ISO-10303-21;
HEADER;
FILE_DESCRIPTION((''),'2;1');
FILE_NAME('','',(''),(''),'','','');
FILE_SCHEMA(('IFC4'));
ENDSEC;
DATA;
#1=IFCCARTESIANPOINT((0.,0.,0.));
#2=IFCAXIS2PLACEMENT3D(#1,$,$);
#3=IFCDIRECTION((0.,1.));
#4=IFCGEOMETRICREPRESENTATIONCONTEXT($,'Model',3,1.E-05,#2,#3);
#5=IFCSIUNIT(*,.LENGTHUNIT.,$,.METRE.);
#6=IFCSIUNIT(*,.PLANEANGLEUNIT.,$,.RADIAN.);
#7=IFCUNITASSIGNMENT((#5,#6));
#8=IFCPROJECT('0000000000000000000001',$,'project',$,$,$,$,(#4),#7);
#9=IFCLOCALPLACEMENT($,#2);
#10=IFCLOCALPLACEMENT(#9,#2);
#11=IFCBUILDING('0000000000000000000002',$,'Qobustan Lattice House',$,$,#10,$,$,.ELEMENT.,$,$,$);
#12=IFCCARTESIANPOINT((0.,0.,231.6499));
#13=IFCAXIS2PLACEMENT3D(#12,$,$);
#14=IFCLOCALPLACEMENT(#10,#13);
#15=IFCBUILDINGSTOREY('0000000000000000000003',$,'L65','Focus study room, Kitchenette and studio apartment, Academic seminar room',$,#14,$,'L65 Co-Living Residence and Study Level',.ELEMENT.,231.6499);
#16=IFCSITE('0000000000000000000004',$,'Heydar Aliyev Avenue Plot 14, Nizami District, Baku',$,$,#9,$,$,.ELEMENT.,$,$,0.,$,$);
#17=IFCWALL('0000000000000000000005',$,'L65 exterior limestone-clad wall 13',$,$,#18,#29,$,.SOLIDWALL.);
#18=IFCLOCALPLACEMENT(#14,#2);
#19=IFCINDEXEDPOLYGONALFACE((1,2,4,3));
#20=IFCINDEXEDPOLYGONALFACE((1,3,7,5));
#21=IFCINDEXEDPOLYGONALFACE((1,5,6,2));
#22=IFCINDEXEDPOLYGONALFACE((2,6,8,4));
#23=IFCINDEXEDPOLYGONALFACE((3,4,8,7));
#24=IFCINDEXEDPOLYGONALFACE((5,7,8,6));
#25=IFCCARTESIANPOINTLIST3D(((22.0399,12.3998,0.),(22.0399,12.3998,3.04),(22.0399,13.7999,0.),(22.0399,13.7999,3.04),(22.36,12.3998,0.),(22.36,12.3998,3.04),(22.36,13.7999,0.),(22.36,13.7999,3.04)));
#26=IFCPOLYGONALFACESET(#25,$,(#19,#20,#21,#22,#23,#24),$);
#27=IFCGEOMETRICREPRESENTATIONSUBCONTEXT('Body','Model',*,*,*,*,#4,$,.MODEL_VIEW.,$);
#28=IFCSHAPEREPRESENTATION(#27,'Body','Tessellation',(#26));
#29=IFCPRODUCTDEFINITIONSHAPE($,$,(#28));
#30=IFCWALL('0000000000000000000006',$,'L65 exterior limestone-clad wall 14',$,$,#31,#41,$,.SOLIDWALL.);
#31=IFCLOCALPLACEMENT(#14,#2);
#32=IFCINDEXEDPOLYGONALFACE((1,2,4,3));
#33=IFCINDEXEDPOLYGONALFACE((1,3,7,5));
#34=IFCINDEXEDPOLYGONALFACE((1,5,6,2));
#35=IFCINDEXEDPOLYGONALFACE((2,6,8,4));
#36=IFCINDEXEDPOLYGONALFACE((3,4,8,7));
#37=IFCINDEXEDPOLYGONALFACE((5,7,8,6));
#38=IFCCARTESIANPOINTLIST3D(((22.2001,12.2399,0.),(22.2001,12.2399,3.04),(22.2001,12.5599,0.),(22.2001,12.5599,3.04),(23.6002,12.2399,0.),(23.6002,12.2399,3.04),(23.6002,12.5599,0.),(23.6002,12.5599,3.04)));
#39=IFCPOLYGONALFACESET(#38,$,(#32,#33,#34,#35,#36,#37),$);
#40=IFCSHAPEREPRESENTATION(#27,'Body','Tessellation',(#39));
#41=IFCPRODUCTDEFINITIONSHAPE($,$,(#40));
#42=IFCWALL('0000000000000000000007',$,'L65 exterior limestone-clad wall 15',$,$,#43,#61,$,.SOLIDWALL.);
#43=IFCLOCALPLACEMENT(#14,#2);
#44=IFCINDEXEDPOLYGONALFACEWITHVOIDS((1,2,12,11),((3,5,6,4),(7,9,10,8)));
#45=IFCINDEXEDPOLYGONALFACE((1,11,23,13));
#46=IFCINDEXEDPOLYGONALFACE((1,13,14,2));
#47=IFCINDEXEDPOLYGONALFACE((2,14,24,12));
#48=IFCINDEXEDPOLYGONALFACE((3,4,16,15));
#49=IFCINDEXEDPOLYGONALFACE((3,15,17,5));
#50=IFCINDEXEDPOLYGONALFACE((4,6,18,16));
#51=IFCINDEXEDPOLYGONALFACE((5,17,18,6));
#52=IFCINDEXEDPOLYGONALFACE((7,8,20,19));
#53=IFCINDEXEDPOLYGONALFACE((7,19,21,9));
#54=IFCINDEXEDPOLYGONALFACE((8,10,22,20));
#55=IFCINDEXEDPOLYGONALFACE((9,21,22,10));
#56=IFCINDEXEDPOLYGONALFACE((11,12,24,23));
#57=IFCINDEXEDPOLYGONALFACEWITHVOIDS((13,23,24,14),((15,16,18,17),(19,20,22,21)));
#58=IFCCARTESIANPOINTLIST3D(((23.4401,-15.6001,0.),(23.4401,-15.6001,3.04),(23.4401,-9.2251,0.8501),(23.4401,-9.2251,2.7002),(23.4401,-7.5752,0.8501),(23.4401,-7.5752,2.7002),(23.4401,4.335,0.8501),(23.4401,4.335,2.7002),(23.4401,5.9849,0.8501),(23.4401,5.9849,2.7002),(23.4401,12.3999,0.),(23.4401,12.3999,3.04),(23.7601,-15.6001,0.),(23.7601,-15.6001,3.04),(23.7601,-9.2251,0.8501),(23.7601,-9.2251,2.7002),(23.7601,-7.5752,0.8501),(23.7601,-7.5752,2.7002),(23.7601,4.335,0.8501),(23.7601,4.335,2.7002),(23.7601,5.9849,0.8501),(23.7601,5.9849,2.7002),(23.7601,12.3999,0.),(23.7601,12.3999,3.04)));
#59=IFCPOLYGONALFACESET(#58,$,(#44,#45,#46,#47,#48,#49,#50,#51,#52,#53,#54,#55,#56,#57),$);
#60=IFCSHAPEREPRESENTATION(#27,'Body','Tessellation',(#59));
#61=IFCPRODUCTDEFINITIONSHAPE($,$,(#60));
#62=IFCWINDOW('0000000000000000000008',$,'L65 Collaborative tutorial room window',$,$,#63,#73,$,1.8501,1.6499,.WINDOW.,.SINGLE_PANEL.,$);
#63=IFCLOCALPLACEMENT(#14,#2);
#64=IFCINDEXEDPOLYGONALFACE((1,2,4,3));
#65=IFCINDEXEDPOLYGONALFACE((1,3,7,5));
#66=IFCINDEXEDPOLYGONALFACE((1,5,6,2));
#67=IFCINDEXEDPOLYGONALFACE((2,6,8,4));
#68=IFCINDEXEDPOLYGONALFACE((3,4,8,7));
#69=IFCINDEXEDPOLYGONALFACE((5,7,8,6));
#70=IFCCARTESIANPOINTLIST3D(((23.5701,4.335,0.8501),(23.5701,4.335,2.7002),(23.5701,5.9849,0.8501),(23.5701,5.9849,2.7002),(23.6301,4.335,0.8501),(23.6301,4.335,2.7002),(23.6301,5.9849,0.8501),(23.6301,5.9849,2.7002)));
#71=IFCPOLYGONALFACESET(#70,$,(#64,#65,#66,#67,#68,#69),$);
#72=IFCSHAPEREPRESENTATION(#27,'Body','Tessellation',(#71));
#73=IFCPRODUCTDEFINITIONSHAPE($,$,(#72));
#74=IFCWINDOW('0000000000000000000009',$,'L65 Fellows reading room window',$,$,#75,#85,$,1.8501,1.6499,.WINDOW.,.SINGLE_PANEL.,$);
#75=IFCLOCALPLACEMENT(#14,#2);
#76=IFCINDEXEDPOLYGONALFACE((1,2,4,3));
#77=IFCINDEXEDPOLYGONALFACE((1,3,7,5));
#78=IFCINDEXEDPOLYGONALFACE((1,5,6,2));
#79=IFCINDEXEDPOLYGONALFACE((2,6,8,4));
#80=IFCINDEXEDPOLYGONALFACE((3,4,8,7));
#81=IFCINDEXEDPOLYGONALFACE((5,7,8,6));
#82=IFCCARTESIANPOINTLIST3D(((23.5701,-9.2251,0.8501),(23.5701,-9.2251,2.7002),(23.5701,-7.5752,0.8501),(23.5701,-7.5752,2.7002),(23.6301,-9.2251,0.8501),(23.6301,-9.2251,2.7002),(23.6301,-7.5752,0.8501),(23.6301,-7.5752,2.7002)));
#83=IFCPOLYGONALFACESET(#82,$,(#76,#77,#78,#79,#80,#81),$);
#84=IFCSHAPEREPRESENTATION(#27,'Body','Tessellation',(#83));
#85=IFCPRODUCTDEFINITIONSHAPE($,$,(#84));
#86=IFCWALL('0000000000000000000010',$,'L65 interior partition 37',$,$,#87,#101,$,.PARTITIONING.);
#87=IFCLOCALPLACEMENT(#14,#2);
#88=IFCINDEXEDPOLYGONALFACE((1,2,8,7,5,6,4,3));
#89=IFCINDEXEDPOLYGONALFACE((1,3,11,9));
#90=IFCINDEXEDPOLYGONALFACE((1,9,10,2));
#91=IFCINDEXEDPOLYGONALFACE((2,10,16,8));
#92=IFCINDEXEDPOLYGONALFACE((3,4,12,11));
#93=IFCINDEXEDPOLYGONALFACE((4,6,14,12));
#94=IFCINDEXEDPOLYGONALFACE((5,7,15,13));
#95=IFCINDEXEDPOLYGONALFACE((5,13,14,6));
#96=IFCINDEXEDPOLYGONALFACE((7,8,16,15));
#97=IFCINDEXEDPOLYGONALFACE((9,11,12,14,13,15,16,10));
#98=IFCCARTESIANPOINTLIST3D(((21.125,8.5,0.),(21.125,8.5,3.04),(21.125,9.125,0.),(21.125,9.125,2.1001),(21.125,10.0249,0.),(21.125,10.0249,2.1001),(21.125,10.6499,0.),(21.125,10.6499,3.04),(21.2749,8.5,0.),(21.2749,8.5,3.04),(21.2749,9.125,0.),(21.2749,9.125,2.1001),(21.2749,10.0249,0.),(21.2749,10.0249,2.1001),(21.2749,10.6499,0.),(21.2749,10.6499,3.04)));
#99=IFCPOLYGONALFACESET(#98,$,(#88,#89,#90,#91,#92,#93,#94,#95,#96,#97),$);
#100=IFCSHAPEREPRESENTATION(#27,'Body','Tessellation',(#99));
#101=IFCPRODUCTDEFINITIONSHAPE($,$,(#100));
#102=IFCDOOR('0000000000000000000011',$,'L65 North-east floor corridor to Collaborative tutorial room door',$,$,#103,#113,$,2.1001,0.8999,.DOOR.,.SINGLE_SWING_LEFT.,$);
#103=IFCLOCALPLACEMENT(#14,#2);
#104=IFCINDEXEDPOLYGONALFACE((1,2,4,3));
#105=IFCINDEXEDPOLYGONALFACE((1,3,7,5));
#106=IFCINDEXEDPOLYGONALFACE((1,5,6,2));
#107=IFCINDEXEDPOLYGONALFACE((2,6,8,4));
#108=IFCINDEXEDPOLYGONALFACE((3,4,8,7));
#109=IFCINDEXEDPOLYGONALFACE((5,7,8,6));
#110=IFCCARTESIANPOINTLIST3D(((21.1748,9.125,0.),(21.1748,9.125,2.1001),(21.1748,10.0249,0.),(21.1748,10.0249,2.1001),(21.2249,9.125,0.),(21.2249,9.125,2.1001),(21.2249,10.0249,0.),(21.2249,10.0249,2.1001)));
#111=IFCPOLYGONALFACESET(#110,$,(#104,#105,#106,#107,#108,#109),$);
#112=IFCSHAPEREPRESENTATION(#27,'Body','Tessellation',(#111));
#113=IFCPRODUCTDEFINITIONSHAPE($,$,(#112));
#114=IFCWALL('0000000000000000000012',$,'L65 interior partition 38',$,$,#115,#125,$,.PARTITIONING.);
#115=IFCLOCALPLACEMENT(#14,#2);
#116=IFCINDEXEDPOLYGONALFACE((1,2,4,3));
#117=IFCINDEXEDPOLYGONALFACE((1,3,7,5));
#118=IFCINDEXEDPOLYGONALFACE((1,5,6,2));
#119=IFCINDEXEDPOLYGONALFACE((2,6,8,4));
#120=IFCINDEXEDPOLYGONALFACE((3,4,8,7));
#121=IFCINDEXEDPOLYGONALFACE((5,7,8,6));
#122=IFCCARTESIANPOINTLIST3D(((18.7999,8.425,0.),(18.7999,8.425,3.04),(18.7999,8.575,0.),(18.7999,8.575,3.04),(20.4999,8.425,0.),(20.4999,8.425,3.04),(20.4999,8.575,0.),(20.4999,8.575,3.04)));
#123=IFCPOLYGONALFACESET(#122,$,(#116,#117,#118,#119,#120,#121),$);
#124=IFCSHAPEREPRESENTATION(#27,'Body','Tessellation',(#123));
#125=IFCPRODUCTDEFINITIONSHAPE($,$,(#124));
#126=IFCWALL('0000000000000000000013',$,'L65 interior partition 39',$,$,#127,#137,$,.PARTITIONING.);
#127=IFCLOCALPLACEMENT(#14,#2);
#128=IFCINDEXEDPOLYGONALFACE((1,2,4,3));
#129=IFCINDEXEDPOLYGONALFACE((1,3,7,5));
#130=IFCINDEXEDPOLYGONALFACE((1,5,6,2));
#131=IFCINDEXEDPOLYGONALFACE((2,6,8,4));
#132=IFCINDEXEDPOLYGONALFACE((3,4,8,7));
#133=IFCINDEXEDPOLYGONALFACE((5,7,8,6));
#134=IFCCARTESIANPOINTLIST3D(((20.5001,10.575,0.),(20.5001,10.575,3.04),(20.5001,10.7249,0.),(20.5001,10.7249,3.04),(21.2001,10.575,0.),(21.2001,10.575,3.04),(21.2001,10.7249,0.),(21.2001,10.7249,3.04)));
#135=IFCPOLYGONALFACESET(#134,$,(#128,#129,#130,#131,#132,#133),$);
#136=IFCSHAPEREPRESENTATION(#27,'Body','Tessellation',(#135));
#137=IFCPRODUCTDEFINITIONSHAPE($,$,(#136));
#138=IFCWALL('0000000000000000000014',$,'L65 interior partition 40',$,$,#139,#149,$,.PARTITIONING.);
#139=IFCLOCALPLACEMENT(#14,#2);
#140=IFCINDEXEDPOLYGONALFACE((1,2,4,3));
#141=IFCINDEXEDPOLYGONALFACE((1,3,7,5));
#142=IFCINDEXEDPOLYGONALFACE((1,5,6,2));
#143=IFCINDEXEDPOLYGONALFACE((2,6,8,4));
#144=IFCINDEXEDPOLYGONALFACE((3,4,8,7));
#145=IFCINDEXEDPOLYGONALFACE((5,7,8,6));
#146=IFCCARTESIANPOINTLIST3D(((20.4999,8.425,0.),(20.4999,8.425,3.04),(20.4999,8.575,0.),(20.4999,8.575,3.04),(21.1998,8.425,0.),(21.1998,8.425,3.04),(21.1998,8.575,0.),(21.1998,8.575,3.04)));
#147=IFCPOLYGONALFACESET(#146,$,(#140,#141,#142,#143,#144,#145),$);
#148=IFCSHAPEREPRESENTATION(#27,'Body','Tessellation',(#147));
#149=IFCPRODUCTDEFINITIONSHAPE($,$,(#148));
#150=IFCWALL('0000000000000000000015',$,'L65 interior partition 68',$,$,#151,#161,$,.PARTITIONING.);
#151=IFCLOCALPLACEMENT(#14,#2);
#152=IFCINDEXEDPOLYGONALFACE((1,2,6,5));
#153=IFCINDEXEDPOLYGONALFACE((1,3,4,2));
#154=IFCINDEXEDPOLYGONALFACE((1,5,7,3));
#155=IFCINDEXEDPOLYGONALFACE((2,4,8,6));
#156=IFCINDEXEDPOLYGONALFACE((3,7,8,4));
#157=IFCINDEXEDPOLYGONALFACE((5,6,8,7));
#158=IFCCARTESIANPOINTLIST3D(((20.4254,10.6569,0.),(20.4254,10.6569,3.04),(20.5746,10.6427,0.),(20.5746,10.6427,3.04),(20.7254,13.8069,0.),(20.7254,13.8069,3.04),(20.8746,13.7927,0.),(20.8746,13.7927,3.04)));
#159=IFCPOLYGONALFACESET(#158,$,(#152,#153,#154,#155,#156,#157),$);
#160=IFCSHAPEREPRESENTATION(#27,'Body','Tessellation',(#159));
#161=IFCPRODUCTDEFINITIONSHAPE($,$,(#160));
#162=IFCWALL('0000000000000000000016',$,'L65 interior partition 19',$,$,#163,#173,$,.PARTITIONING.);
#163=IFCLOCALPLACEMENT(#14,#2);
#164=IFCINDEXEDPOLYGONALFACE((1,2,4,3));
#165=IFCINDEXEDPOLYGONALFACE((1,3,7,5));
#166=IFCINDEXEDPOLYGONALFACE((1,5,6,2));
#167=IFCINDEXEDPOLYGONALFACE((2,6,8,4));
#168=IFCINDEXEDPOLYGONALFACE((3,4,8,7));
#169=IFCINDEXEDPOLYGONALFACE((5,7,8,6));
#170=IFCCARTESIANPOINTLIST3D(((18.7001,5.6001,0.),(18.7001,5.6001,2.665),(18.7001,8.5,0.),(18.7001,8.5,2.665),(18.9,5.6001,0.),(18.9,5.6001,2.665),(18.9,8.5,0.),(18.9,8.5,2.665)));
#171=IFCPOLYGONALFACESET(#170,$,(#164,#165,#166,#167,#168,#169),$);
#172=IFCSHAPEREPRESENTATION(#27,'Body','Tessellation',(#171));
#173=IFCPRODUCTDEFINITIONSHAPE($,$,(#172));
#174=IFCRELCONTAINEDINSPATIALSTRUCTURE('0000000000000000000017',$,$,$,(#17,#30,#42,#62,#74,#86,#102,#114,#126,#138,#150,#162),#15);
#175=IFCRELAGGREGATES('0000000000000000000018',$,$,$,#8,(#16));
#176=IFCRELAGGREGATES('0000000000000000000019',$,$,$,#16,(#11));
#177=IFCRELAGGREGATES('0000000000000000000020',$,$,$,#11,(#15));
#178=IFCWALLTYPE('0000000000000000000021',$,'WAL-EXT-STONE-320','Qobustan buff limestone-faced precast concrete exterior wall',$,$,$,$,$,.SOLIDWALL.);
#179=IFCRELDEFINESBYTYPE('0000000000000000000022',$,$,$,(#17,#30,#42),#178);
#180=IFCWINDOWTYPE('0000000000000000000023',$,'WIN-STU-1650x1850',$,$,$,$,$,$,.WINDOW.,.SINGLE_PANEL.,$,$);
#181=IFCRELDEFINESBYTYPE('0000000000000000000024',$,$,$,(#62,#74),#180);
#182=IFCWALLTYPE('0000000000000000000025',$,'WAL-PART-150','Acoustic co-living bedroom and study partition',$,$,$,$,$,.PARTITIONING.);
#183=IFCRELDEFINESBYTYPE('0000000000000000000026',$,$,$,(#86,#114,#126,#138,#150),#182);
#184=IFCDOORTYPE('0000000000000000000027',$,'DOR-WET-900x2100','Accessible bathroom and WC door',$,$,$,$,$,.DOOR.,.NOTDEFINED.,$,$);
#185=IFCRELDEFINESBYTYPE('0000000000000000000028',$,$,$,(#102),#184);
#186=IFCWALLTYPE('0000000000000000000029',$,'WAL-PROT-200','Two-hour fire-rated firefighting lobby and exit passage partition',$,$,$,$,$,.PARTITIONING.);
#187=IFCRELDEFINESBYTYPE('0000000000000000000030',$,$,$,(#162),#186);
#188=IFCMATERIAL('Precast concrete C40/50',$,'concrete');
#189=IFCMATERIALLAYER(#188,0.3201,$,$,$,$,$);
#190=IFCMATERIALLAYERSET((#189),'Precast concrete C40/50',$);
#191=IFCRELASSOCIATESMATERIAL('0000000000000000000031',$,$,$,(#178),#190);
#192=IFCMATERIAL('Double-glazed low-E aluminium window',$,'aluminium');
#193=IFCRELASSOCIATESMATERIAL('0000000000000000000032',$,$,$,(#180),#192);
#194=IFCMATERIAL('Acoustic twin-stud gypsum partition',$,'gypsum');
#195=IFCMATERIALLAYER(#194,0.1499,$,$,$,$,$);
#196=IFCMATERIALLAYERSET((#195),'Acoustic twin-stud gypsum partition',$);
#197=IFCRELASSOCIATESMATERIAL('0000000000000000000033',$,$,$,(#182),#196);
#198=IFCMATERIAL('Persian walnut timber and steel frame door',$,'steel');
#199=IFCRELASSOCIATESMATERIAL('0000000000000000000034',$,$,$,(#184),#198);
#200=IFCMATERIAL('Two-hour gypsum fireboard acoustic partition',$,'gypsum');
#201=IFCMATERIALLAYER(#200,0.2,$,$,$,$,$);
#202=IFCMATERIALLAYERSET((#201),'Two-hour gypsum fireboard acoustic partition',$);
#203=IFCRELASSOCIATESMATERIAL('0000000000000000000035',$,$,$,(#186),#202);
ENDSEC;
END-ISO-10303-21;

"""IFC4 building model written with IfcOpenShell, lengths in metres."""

from ifc_helpers import new_model, si_unit, direction, frame, frame_2d, origin, place, context, subcontext, project, spatial, rectangle, extrude, material, layer, layer_set, type_object, element, fill, save


model = new_model("IFC4")

# Units and contexts
model_context = context("Model", 3, precision=1e-05, world=origin(), true_north=direction((0.0, 1.0)))
body_context = subcontext(model_context, "Body", "Model", "MODEL_VIEW")
ifc_project = project(units=[si_unit("LENGTHUNIT", "METRE"), si_unit("PLANEANGLEUNIT", "RADIAN")], contexts=[model_context])

# Site, building, storey
site_placement = place(None, origin())
site = spatial("IfcSite", under=ifc_project, at=site_placement, Name="Heydar Aliyev Avenue Plot 14, Nizami District, Baku", CompositionType="ELEMENT", RefElevation=0.0)
building_placement = place(site_placement, origin())
building = spatial("IfcBuilding", under=site, at=building_placement, Name="Qobustan Lattice House", CompositionType="ELEMENT")
storey_placement = place(building_placement, frame((0.0, 0.0, 231.6499)))
storey = spatial("IfcBuildingStorey", under=building, at=storey_placement, Name="L65", Description="Focus study room, Kitchenette and studio apartment, Academic seminar room", LongName="L65 Co-Living Residence and Study Level", CompositionType="ELEMENT", Elevation=231.6499)

# Walls
ifc_material_1 = material(Name="Precast concrete C40/50", Category="concrete")
ifc_layer_1 = layer(ifc_material_1, 0.3201)
ifc_layer_set_1 = layer_set([ifc_layer_1], Name="Precast concrete C40/50")
wall_type_1 = type_object("IfcWallType", Name="WAL-EXT-STONE-320", Description="Qobustan buff limestone-faced precast concrete exterior wall", PredefinedType="SOLIDWALL", material=ifc_layer_set_1)
for number, where, z_axis, x_axis, name in (
    (1, (22.2, 13.8, 0.0), (0.0, 0.0, 1.0), (0.0, -1.0, 0.0), "L65 exterior limestone-clad wall 13"),
    (2, (22.2, 12.3999, 0.0), (0.0, 0.0, 1.0), (1.0, 0.0, 0.0), "L65 exterior limestone-clad wall 14"),
):
    element("IfcWall", number, at=place(storey_placement, frame(where, z_axis=z_axis, x_axis=x_axis)), inside=storey, type_object=wall_type_1, Name=name, PredefinedType="SOLIDWALL", context=body_context, shape_type="SweptSolid", body=[
        extrude(rectangle(XDim=1.4001, YDim=0.3201, at=frame_2d((0.7002, 0.0))), origin(), (0.0, 0.0, 1.0), 3.04),
    ])

# Wall, openings, windows
wall_1_placement = place(storey_placement, frame((23.6001, 12.3999, 0.0), z_axis=(0.0, 0.0, 1.0), x_axis=(0.0, -1.0, 0.0)))
wall_1 = element("IfcWall", 3, at=wall_1_placement, inside=storey, type_object=wall_type_1, Name="L65 exterior limestone-clad wall 15", PredefinedType="SOLIDWALL", context=body_context, shape_type="SweptSolid", body=[
    extrude(rectangle(XDim=28.0, YDim=0.3201, at=frame_2d((14.0, 0.0))), origin(), (0.0, 0.0, 1.0), 3.04),
])
opening_1_placement = place(wall_1_placement, frame((6.415, 0.0, 0.8501)))
opening_1 = element("IfcOpeningElement", 4, at=opening_1_placement, cuts=wall_1, PredefinedType="OPENING", context=body_context, shape_type="SweptSolid", body=[
    extrude(rectangle(XDim=1.6499, YDim=1.8501, at=frame_2d((0.825, 0.925))), frame((0.0, 0.1699, 0.0), z_axis=(0.0, -1.0, 0.0), x_axis=(1.0, 0.0, 0.0)), (0.0, 0.0, 1.0), 0.3401),
])
opening_2_placement = place(wall_1_placement, frame((19.9751, 0.0, 0.8501)))
opening_2 = element("IfcOpeningElement", 5, at=opening_2_placement, cuts=wall_1, PredefinedType="OPENING", context=body_context, shape_type="SweptSolid", body=[
    extrude(rectangle(XDim=1.6499, YDim=1.8501, at=frame_2d((0.825, 0.925))), frame((0.0, 0.1699, 0.0), z_axis=(0.0, -1.0, 0.0), x_axis=(1.0, 0.0, 0.0)), (0.0, 0.0, 1.0), 0.3401),
])
ifc_material_2 = material(Name="Double-glazed low-E aluminium window", Category="aluminium")
window_type = type_object("IfcWindowType", Name="WIN-STU-1650x1850", PartitioningType="SINGLE_PANEL", PredefinedType="WINDOW", material=ifc_material_2)
window_1_placement = place(opening_1_placement, origin())
window_1 = element("IfcWindow", 6, at=window_1_placement, inside=storey, type_object=window_type, Name="L65 Collaborative tutorial room window", OverallHeight=1.8501, OverallWidth=1.6499, PartitioningType="SINGLE_PANEL", PredefinedType="WINDOW", context=body_context, shape_type="SweptSolid", body=[
    extrude(rectangle(XDim=1.6499, YDim=1.8501, at=frame_2d((0.825, 0.925))), frame((0.0, 0.03, 0.0), z_axis=(0.0, -1.0, 0.0), x_axis=(1.0, 0.0, 0.0)), (0.0, 0.0, 1.0), 0.0601),
])
fill(opening_1, window_1)
window_2_placement = place(opening_2_placement, origin())
window_2 = element("IfcWindow", 7, at=window_2_placement, inside=storey, type_object=window_type, Name="L65 Fellows reading room window", OverallHeight=1.8501, OverallWidth=1.6499, PartitioningType="SINGLE_PANEL", PredefinedType="WINDOW", context=body_context, shape_type="SweptSolid", body=[
    extrude(rectangle(XDim=1.6499, YDim=1.8501, at=frame_2d((0.825, 0.925))), frame((0.0, 0.03, 0.0), z_axis=(0.0, -1.0, 0.0), x_axis=(1.0, 0.0, 0.0)), (0.0, 0.0, 1.0), 0.0601),
])
fill(opening_2, window_2)

# Wall, opening, door
ifc_material_3 = material(Name="Acoustic twin-stud gypsum partition", Category="gypsum")
ifc_layer_2 = layer(ifc_material_3, 0.1499)
ifc_layer_set_2 = layer_set([ifc_layer_2], Name="Acoustic twin-stud gypsum partition")
wall_type_2 = type_object("IfcWallType", Name="WAL-PART-150", Description="Acoustic co-living bedroom and study partition", PredefinedType="PARTITIONING", material=ifc_layer_set_2)
wall_2_placement = place(storey_placement, frame((21.2, 10.6499, 0.0), z_axis=(0.0, 0.0, 1.0), x_axis=(0.0, -1.0, 0.0)))
wall_2 = element("IfcWall", 8, at=wall_2_placement, inside=storey, type_object=wall_type_2, Name="L65 interior partition 37", PredefinedType="PARTITIONING", context=body_context, shape_type="SweptSolid", body=[
    extrude(rectangle(XDim=2.1499, YDim=0.1499, at=frame_2d((1.075, 0.0))), origin(), (0.0, 0.0, 1.0), 3.04),
])
opening_3_placement = place(wall_2_placement, frame((0.625, 0.0, 0.0)))
opening_3 = element("IfcOpeningElement", 9, at=opening_3_placement, cuts=wall_2, PredefinedType="OPENING", context=body_context, shape_type="SweptSolid", body=[
    extrude(rectangle(XDim=0.8999, YDim=2.1001, at=frame_2d((0.45, 1.05))), frame((0.0, 0.085, 0.0), z_axis=(0.0, -1.0, 0.0), x_axis=(1.0, 0.0, 0.0)), (0.0, 0.0, 1.0), 0.1699),
])
ifc_material_4 = material(Name="Persian walnut timber and steel frame door", Category="steel")
door_type_1 = type_object("IfcDoorType", Name="DOR-WET-900x2100", Description="Accessible bathroom and WC door", OperationType="NOTDEFINED", PredefinedType="DOOR", material=ifc_material_4)
door_1_placement = place(opening_3_placement, origin())
door_1 = element("IfcDoor", 10, at=door_1_placement, inside=storey, type_object=door_type_1, Name="L65 North-east floor corridor to Collaborative tutorial room door", OperationType="SINGLE_SWING_LEFT", OverallHeight=2.1001, OverallWidth=0.8999, PredefinedType="DOOR", context=body_context, shape_type="SweptSolid", body=[
    extrude(rectangle(XDim=0.8999, YDim=2.1001, at=frame_2d((0.45, 1.05))), frame((0.0, 0.0249, 0.0), z_axis=(0.0, -1.0, 0.0), x_axis=(1.0, 0.0, 0.0)), (0.0, 0.0, 1.0), 0.05),
])
fill(opening_3, door_1)

# Walls
wall_3_placement = place(storey_placement, frame((20.5, 8.5, 0.0), z_axis=(0.0, 0.0, 1.0), x_axis=(-1.0, 0.0, 0.0)))
element("IfcWall", 11, at=wall_3_placement, inside=storey, type_object=wall_type_2, Name="L65 interior partition 38", PredefinedType="PARTITIONING", context=body_context, shape_type="SweptSolid", body=[
    extrude(rectangle(XDim=1.7, YDim=0.1499, at=frame_2d((0.8501, 0.0))), origin(), (0.0, 0.0, 1.0), 3.04),
])
for number, where, z_axis, x_axis, name in (
    (12, (20.5, 10.6499, 0.0), (0.0, 0.0, 1.0), (1.0, 0.0, 0.0), "L65 interior partition 39"),
    (13, (21.2, 8.5, 0.0), (0.0, 0.0, 1.0), (-1.0, 0.0, 0.0), "L65 interior partition 40"),
):
    element("IfcWall", number, at=place(storey_placement, frame(where, z_axis=z_axis, x_axis=x_axis)), inside=storey, type_object=wall_type_2, Name=name, PredefinedType="PARTITIONING", context=body_context, shape_type="SweptSolid", body=[
        extrude(rectangle(XDim=0.7, YDim=0.1499, at=frame_2d((0.3501, 0.0))), origin(), (0.0, 0.0, 1.0), 3.04),
    ])
wall_4_placement = place(storey_placement, frame((20.5, 10.6499, 0.0), z_axis=(0.0, 0.0, 1.0), x_axis=(0.09482, 0.995494, 0.0)))
element("IfcWall", 14, at=wall_4_placement, inside=storey, type_object=wall_type_2, Name="L65 interior partition 68", PredefinedType="PARTITIONING", context=body_context, shape_type="SweptSolid", body=[
    extrude(rectangle(XDim=3.1643, YDim=0.1499, at=frame_2d((1.582, 0.0))), origin(), (0.0, 0.0, 1.0), 3.04),
])

# Shared definitions
ifc_material_5 = material(Name="Two-hour gypsum fireboard acoustic partition", Category="gypsum")
ifc_layer_3 = layer(ifc_material_5, 0.2)
ifc_layer_set_3 = layer_set([ifc_layer_3], Name="Two-hour gypsum fireboard acoustic partition")
wall_type_3 = type_object("IfcWallType", Name="WAL-PROT-200", Description="Two-hour fire-rated firefighting lobby and exit passage partition", PredefinedType="PARTITIONING", material=ifc_layer_set_3)

# Wall
wall_5_placement = place(storey_placement, frame((18.8, 5.6001, 0.0), z_axis=(0.0, 0.0, 1.0), x_axis=(0.0, 1.0, 0.0)))
element("IfcWall", 15, at=wall_5_placement, inside=storey, type_object=wall_type_3, Name="L65 interior partition 19", PredefinedType="PARTITIONING", context=body_context, shape_type="SweptSolid", body=[
    extrude(rectangle(XDim=2.8999, YDim=0.2, at=frame_2d((1.45, 0.0))), origin(), (0.0, 0.0, 1.0), 2.665),
])

save(model, "model.ifc")
